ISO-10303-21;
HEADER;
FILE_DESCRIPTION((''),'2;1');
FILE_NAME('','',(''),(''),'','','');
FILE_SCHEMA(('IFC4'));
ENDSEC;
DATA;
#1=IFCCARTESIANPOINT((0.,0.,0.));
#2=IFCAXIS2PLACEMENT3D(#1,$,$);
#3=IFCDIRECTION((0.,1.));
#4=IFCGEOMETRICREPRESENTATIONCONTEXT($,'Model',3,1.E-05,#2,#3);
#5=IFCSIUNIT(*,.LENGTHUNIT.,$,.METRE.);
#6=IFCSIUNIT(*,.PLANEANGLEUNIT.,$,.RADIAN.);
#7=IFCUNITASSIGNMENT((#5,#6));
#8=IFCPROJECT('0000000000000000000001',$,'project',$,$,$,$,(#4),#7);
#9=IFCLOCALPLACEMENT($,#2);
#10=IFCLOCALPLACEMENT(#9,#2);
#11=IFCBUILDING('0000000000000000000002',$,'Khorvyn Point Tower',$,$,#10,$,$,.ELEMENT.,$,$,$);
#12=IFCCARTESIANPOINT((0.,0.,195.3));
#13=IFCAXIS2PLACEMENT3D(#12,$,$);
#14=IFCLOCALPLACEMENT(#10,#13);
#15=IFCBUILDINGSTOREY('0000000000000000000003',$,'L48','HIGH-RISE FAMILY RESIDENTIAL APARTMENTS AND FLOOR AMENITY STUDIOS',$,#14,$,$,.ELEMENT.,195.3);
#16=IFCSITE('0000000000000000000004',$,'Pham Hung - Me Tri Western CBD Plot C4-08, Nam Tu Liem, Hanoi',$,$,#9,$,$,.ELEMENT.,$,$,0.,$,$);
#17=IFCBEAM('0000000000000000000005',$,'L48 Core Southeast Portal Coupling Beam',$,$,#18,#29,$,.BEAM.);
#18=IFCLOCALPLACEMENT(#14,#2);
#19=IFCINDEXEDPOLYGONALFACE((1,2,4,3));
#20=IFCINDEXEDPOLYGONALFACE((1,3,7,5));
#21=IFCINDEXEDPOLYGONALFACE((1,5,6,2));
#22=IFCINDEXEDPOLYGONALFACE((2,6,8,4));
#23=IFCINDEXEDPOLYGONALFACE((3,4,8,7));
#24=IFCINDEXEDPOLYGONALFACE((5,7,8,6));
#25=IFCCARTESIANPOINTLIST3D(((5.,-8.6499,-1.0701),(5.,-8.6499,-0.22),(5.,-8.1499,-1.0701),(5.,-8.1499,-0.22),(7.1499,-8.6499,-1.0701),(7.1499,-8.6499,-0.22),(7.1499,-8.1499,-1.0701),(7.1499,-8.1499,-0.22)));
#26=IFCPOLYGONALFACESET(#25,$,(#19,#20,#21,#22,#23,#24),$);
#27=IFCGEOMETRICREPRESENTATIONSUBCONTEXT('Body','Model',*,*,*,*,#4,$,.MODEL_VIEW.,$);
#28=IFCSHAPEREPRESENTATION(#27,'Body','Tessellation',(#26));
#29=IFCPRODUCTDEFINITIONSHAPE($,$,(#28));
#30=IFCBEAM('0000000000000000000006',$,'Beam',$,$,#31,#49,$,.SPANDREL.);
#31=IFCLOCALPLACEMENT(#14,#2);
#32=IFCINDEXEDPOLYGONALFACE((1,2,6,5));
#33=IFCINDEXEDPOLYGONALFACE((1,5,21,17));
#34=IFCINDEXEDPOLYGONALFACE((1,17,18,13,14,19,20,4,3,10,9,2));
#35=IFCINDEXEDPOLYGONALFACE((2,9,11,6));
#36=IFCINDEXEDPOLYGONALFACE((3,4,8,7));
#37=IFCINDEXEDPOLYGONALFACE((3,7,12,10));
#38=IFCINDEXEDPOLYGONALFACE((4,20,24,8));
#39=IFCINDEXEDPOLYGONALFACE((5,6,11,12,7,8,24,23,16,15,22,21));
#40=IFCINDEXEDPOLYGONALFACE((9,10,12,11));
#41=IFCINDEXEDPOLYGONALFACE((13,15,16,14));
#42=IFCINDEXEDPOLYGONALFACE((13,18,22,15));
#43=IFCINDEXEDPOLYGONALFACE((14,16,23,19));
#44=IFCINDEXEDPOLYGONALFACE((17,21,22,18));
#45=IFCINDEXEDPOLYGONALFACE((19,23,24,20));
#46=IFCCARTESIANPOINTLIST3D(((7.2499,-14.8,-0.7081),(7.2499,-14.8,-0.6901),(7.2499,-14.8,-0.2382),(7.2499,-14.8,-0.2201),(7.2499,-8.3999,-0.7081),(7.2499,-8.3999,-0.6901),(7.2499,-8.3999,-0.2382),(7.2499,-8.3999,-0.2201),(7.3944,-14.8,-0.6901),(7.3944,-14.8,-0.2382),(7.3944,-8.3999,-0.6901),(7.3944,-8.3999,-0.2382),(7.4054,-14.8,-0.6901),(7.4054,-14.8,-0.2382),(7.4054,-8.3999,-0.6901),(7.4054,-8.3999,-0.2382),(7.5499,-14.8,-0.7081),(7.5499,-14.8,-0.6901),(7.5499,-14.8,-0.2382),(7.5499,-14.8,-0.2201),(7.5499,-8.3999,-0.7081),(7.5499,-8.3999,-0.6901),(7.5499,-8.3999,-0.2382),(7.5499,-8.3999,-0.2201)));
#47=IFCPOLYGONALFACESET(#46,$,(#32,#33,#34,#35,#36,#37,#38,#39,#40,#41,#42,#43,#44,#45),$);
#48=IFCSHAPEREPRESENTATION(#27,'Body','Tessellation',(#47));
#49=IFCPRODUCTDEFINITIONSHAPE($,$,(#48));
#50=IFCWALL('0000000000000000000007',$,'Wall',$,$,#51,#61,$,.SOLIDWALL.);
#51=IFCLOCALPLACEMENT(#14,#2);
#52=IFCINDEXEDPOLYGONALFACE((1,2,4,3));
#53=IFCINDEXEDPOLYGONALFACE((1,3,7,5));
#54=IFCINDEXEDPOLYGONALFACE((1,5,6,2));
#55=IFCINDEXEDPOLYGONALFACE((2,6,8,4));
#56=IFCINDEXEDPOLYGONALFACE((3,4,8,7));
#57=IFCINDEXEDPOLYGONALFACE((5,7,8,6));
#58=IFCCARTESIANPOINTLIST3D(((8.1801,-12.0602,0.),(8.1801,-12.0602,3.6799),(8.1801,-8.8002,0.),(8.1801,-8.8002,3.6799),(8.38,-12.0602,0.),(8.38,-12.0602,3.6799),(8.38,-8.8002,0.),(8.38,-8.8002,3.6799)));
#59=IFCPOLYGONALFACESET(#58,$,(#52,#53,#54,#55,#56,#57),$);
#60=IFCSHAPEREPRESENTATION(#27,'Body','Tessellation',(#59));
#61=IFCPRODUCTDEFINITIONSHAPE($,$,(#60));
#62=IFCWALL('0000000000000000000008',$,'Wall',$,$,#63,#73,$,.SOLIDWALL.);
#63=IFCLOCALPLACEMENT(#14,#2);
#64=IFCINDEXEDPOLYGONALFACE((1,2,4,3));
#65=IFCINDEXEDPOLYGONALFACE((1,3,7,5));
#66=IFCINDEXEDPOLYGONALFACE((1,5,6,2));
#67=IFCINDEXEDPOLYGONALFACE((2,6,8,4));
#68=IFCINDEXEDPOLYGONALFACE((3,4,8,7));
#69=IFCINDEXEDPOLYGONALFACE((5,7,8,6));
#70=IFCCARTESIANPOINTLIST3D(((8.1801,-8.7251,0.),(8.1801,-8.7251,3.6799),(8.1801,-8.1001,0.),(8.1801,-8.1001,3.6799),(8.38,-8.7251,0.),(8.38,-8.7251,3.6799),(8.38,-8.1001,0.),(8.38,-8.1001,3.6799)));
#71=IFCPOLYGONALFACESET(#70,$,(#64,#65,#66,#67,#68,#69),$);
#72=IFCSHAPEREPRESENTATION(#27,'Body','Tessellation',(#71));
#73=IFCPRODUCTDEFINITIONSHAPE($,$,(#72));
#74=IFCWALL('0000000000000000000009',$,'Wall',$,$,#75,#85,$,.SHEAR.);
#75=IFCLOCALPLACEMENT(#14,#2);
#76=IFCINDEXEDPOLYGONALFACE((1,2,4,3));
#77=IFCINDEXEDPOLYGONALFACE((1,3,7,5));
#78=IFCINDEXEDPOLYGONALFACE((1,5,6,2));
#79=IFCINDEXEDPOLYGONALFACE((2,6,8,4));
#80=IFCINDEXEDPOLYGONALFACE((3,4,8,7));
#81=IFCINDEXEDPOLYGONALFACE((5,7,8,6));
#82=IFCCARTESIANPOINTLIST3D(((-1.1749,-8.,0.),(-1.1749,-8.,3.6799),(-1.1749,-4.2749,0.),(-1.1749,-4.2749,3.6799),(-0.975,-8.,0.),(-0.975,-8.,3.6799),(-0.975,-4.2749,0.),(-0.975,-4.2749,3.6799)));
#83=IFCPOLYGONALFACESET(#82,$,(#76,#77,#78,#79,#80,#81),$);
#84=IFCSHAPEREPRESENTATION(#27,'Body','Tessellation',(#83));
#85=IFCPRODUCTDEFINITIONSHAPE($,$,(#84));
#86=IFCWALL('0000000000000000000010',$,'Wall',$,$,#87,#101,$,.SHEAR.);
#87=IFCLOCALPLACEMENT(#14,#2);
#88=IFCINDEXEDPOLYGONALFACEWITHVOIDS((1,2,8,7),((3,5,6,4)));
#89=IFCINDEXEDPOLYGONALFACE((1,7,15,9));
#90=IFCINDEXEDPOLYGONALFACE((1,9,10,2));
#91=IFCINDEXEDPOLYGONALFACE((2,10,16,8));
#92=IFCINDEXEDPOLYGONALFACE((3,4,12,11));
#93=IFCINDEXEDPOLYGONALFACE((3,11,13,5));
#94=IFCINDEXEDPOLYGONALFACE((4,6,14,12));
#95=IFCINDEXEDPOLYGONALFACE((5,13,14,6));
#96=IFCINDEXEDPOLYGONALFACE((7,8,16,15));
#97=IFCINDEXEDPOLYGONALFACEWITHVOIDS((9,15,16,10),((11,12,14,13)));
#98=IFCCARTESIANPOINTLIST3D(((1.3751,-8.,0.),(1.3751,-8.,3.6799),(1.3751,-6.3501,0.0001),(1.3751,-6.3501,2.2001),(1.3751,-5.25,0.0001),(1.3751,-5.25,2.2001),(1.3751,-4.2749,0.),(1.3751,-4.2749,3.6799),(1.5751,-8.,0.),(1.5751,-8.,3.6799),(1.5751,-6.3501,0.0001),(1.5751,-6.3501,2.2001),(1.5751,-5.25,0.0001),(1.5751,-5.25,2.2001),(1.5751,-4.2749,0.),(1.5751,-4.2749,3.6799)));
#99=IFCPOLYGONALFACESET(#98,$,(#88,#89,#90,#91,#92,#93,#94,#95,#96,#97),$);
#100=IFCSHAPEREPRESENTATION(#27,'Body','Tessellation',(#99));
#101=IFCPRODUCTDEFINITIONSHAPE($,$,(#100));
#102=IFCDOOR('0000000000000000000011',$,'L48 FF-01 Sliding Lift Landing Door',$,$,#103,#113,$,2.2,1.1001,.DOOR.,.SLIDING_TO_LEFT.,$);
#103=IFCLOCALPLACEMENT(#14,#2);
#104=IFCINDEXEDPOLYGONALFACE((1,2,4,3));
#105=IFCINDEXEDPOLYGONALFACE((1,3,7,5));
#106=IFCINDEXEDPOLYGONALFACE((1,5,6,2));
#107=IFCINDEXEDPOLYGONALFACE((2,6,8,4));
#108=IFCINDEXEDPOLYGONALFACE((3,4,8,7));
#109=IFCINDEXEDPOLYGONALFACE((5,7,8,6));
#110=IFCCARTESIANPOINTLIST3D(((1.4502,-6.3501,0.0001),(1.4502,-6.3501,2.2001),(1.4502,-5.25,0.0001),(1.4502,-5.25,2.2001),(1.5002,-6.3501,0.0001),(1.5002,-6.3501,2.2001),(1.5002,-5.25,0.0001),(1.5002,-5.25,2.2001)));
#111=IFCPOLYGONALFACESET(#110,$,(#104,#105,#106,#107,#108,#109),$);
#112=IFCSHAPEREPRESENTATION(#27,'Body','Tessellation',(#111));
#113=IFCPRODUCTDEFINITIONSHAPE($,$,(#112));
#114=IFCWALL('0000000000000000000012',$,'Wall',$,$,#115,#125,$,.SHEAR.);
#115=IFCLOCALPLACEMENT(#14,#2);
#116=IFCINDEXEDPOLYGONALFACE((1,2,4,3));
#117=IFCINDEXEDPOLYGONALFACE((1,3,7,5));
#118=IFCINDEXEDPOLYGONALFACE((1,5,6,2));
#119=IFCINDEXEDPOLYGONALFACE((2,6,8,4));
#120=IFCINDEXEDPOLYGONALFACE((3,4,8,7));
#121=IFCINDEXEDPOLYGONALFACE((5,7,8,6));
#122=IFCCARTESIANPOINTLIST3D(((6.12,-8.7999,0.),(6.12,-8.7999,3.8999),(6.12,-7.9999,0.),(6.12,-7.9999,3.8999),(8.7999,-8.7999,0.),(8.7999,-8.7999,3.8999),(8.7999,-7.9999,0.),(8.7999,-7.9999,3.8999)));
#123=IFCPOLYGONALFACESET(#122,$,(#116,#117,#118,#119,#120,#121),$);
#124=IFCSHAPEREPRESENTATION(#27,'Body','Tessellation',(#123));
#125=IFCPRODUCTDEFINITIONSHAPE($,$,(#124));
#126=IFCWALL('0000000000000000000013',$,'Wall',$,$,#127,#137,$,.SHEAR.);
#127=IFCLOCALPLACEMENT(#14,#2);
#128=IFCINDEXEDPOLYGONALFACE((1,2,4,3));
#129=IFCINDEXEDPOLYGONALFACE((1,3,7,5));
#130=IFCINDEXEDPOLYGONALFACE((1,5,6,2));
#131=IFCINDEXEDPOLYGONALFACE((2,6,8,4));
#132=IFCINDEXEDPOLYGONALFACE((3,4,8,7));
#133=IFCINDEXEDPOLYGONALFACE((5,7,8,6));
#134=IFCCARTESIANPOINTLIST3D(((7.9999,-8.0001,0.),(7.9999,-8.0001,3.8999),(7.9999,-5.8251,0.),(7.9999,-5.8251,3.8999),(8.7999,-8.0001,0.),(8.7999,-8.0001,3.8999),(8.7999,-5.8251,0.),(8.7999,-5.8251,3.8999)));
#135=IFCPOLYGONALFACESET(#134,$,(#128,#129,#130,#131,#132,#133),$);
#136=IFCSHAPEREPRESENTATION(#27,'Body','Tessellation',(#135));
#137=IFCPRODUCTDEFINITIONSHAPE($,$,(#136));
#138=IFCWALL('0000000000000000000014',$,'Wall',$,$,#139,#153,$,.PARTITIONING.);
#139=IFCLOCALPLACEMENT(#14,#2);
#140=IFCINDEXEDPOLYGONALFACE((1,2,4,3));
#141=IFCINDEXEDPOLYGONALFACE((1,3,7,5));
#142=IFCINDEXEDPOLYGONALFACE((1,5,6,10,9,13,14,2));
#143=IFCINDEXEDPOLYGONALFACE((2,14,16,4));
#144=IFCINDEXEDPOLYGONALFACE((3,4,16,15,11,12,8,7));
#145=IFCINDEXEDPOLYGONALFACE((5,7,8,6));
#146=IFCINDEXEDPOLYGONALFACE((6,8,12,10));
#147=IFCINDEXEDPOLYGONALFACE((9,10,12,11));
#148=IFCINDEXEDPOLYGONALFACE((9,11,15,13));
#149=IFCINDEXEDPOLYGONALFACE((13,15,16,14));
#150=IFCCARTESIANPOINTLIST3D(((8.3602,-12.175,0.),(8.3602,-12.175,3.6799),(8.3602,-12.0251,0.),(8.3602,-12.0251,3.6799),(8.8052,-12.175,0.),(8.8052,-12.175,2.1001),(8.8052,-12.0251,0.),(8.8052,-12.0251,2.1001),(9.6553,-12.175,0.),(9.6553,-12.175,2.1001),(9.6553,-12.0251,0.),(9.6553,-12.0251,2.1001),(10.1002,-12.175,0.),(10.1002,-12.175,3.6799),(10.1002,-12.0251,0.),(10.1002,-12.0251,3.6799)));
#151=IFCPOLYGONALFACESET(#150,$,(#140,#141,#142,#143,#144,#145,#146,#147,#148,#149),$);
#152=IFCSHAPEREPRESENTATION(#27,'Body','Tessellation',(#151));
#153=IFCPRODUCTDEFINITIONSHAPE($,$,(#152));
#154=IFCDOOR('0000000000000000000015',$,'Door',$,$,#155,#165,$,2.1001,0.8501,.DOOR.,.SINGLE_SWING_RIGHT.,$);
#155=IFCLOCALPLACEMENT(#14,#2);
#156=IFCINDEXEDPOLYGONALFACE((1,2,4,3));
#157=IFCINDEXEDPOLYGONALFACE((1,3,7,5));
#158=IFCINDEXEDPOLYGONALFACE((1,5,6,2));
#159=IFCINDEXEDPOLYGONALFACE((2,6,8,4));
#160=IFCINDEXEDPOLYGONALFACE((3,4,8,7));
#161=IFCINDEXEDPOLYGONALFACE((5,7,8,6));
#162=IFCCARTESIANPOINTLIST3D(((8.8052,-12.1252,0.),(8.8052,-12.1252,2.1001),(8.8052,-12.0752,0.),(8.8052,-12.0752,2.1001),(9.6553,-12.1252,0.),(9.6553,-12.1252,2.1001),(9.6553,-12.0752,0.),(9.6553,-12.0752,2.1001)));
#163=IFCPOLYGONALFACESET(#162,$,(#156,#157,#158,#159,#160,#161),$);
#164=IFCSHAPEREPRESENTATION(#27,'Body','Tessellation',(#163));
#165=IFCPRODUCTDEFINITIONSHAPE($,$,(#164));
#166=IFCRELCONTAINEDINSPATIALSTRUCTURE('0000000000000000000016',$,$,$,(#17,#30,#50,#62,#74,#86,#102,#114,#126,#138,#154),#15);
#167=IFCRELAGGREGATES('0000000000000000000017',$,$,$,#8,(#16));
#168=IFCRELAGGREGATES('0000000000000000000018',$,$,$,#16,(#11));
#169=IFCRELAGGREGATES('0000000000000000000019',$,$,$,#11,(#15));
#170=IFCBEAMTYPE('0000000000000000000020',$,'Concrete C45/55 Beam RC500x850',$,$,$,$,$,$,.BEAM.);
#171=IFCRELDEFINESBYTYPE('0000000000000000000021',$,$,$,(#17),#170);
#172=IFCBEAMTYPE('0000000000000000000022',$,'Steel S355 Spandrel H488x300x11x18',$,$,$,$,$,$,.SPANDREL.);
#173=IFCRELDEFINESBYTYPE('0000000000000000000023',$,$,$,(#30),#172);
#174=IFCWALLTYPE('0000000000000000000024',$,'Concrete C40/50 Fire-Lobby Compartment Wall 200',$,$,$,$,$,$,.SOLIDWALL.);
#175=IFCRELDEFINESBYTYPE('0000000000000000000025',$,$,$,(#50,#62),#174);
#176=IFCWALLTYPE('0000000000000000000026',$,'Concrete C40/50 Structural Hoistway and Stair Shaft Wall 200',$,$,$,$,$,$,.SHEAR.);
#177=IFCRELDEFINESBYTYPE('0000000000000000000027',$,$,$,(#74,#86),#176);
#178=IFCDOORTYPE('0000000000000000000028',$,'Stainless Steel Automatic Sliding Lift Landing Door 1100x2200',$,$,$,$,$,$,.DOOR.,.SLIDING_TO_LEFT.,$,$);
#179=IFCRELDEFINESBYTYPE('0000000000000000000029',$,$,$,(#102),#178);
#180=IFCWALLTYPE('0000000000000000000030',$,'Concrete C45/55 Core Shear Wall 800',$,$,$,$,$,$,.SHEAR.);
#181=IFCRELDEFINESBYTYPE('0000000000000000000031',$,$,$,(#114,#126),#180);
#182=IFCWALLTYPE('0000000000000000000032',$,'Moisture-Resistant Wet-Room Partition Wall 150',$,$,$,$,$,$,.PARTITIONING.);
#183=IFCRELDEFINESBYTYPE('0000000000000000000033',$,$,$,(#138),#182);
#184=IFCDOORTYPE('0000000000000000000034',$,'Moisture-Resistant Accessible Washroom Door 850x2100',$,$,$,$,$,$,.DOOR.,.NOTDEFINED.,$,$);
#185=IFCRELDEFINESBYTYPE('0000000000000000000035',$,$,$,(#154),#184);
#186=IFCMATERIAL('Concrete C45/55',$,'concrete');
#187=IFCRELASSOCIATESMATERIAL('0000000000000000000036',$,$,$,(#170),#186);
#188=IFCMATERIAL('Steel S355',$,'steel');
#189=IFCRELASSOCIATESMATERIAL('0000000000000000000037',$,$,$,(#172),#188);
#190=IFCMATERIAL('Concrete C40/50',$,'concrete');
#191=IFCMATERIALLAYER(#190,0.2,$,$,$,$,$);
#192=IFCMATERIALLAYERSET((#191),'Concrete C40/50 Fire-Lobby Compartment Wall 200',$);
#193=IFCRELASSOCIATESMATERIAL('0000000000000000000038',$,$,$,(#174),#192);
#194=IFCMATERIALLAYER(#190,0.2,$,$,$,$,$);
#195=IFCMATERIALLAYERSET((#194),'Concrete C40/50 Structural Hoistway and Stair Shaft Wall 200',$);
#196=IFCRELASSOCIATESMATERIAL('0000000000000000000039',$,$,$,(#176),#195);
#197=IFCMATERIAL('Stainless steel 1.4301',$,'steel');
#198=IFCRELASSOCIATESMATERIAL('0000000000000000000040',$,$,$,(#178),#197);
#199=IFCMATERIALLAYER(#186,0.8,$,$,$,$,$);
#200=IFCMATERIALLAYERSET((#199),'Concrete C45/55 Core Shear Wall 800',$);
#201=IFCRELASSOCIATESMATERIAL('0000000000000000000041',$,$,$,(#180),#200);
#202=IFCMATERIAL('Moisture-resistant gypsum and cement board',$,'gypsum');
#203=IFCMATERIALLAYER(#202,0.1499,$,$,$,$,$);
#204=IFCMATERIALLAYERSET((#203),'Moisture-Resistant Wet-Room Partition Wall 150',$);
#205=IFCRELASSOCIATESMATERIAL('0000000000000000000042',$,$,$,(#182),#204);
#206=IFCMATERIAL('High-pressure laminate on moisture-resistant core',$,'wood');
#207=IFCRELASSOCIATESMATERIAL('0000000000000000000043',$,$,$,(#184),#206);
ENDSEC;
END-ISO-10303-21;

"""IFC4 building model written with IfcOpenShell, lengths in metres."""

from ifc_helpers import new_model, si_unit, direction, frame, frame_2d, origin, origin_2d, place, context, subcontext, project, spatial, rectangle, i_section, extrude, material, layer, layer_set, material_profile, profile_set, type_object, element, fill, save


model = new_model("IFC4")

# Units and contexts
model_context = context("Model", 3, precision=1e-05, world=origin(), true_north=direction((0.0, 1.0)))
body_context = subcontext(model_context, "Body", "Model", "MODEL_VIEW")
ifc_project = project(units=[si_unit("LENGTHUNIT", "METRE"), si_unit("PLANEANGLEUNIT", "RADIAN")], contexts=[model_context])

# Site, building, storey
site_placement = place(None, origin())
site = spatial("IfcSite", under=ifc_project, at=site_placement, Name="Pham Hung - Me Tri Western CBD Plot C4-08, Nam Tu Liem, Hanoi", CompositionType="ELEMENT", RefElevation=0.0)
building_placement = place(site_placement, origin())
building = spatial("IfcBuilding", under=site, at=building_placement, Name="Khorvyn Point Tower", CompositionType="ELEMENT")
storey_placement = place(building_placement, frame((0.0, 0.0, 195.3)))
storey = spatial("IfcBuildingStorey", under=building, at=storey_placement, Name="L48", Description="HIGH-RISE FAMILY RESIDENTIAL APARTMENTS AND FLOOR AMENITY STUDIOS", CompositionType="ELEMENT", Elevation=195.3)

# Beams
ifc_material_1 = material(Name="Concrete C45/55", Category="concrete")
ifc_material_profile_1 = material_profile(ifc_material_1, rectangle(XDim=0.5, YDim=0.8501, at=origin_2d()))
ifc_profile_set_1 = profile_set([ifc_material_profile_1], Name="Concrete C45/55 RC500x850")
beam_type_1 = type_object("IfcBeamType", Name="Concrete C45/55 Beam RC500x850", PredefinedType="BEAM", material=ifc_profile_set_1)
beam_1_placement = place(storey_placement, frame((5.0, -8.3999, -0.645), z_axis=(1.0, 0.0, 0.0), x_axis=(0.0, 1.0, 0.0)))
element("IfcBeam", 1, at=beam_1_placement, inside=storey, type_object=beam_type_1, Name="L48 Core Southeast Portal Coupling Beam", PredefinedType="BEAM", context=body_context, shape_type="SweptSolid", body=[
    extrude(rectangle(XDim=0.5, YDim=0.8501, at=origin_2d()), origin(), (0.0, 0.0, 1.0), 2.1499),
])
ifc_material_2 = material(Name="Steel S355", Category="steel")
ifc_material_profile_2 = material_profile(ifc_material_2, i_section(OverallWidth=0.3, OverallDepth=0.488, WebThickness=0.011, FlangeThickness=0.0181, at=origin_2d()))
ifc_profile_set_2 = profile_set([ifc_material_profile_2], Name="Steel S355 H488x300x11x18")
beam_type_2 = type_object("IfcBeamType", Name="Steel S355 Spandrel H488x300x11x18", PredefinedType="SPANDREL", material=ifc_profile_set_2)
beam_2_placement = place(storey_placement, frame((7.3999, -14.8, -0.4641), z_axis=(0.0, 1.0, 0.0), x_axis=(-1.0, 0.0, 0.0)))
element("IfcBeam", 2, at=beam_2_placement, inside=storey, type_object=beam_type_2, Name="Beam", PredefinedType="SPANDREL", context=body_context, shape_type="SweptSolid", body=[
    extrude(i_section(OverallWidth=0.3, OverallDepth=0.488, WebThickness=0.011, FlangeThickness=0.0181, at=origin_2d()), origin(), (0.0, 0.0, 1.0), 6.4001),
])

# Shared definitions
ifc_material_3 = material(Name="Concrete C40/50", Category="concrete")
ifc_layer_1 = layer(ifc_material_3, 0.2)
ifc_layer_set_1 = layer_set([ifc_layer_1], Name="Concrete C40/50 Fire-Lobby Compartment Wall 200")
wall_type_1 = type_object("IfcWallType", Name="Concrete C40/50 Fire-Lobby Compartment Wall 200", PredefinedType="SOLIDWALL", material=ifc_layer_set_1)

# Walls
wall_1_placement = place(storey_placement, frame((8.28, -12.0601, 0.0), z_axis=(0.0, 0.0, 1.0), x_axis=(0.0, 1.0, 0.0)))
element("IfcWall", 3, at=wall_1_placement, inside=storey, type_object=wall_type_1, Name="Wall", PredefinedType="SOLIDWALL", context=body_context, shape_type="SweptSolid", body=[
    extrude(rectangle(XDim=3.26, YDim=0.2, at=frame_2d((1.6299, 0.0))), origin(), (0.0, 0.0, 1.0), 3.6799),
])
wall_2_placement = place(storey_placement, frame((8.28, -8.7251, 0.0), z_axis=(0.0, 0.0, 1.0), x_axis=(0.0, 1.0, 0.0)))
element("IfcWall", 4, at=wall_2_placement, inside=storey, type_object=wall_type_1, Name="Wall", PredefinedType="SOLIDWALL", context=body_context, shape_type="SweptSolid", body=[
    extrude(rectangle(XDim=0.625, YDim=0.2, at=frame_2d((0.3125, 0.0))), origin(), (0.0, 0.0, 1.0), 3.6799),
])

# Wall
ifc_layer_2 = layer(ifc_material_3, 0.2)
ifc_layer_set_2 = layer_set([ifc_layer_2], Name="Concrete C40/50 Structural Hoistway and Stair Shaft Wall 200")
wall_type_2 = type_object("IfcWallType", Name="Concrete C40/50 Structural Hoistway and Stair Shaft Wall 200", PredefinedType="SHEAR", material=ifc_layer_set_2)
wall_3_placement = place(storey_placement, frame((-1.075, -8.0, 0.0), z_axis=(0.0, 0.0, 1.0), x_axis=(0.0, 1.0, 0.0)))
element("IfcWall", 5, at=wall_3_placement, inside=storey, type_object=wall_type_2, Name="Wall", PredefinedType="SHEAR", context=body_context, shape_type="SweptSolid", body=[
    extrude(rectangle(XDim=3.7251, YDim=0.2, at=frame_2d((1.8625, 0.0))), origin(), (0.0, 0.0, 1.0), 3.6799),
])

# Wall, opening, door
wall_4_placement = place(storey_placement, frame((1.4751, -8.0, 0.0), z_axis=(0.0, 0.0, 1.0), x_axis=(0.0, 1.0, 0.0)))
wall_4 = element("IfcWall", 6, at=wall_4_placement, inside=storey, type_object=wall_type_2, Name="Wall", PredefinedType="SHEAR", context=body_context, shape_type="SweptSolid", body=[
    extrude(rectangle(XDim=3.7251, YDim=0.2, at=frame_2d((1.8625, 0.0))), origin(), (0.0, 0.0, 1.0), 3.6799),
])
opening_1_placement = place(wall_4_placement, frame((1.6499, 0.0, 0.0)))
opening_1 = element("IfcOpeningElement", 7, at=opening_1_placement, cuts=wall_4, PredefinedType="OPENING", context=body_context, shape_type="SweptSolid", body=[
    extrude(rectangle(XDim=1.1001, YDim=2.2, at=frame_2d((0.55, 1.1001))), frame((0.0, 0.1099, 0.0), z_axis=(0.0, -1.0, 0.0), x_axis=(1.0, 0.0, 0.0)), (0.0, 0.0, 1.0), 0.22),
])
ifc_material_4 = material(Name="Stainless steel 1.4301", Category="steel")
door_type_1 = type_object("IfcDoorType", Name="Stainless Steel Automatic Sliding Lift Landing Door 1100x2200", OperationType="SLIDING_TO_LEFT", PredefinedType="DOOR", material=ifc_material_4)
door_1_placement = place(opening_1_placement, origin())
door_1 = element("IfcDoor", 8, at=door_1_placement, inside=storey, type_object=door_type_1, Name="L48 FF-01 Sliding Lift Landing Door", OperationType="SLIDING_TO_LEFT", OverallHeight=2.2, OverallWidth=1.1001, PredefinedType="DOOR", context=body_context, shape_type="SweptSolid", body=[
    extrude(rectangle(XDim=1.1001, YDim=2.2, at=frame_2d((0.55, 1.1001))), frame((0.0, 0.0249, 0.0), z_axis=(0.0, -1.0, 0.0), x_axis=(1.0, 0.0, 0.0)), (0.0, 0.0, 1.0), 0.05),
])
fill(opening_1, door_1)

# Walls
ifc_layer_3 = layer(ifc_material_1, 0.8)
ifc_layer_set_3 = layer_set([ifc_layer_3], Name="Concrete C45/55 Core Shear Wall 800")
wall_type_3 = type_object("IfcWallType", Name="Concrete C45/55 Core Shear Wall 800", PredefinedType="SHEAR", material=ifc_layer_set_3)
wall_5_placement = place(storey_placement, frame((6.1201, -8.3999, 0.0), z_axis=(0.0, 0.0, 1.0), x_axis=(1.0, 0.0, 0.0)))
element("IfcWall", 9, at=wall_5_placement, inside=storey, type_object=wall_type_3, Name="Wall", PredefinedType="SHEAR", context=body_context, shape_type="SweptSolid", body=[
    extrude(rectangle(XDim=2.6799, YDim=0.8, at=frame_2d((1.3398, 0.0))), origin(), (0.0, 0.0, 1.0), 3.8999),
])
wall_6_placement = place(storey_placement, frame((8.3999, -8.0, 0.0), z_axis=(0.0, 0.0, 1.0), x_axis=(0.0, 1.0, 0.0)))
element("IfcWall", 10, at=wall_6_placement, inside=storey, type_object=wall_type_3, Name="Wall", PredefinedType="SHEAR", context=body_context, shape_type="SweptSolid", body=[
    extrude(rectangle(XDim=2.175, YDim=0.8, at=frame_2d((1.0874, 0.0))), origin(), (0.0, 0.0, 1.0), 3.8999),
])

# Wall, opening, door
ifc_material_5 = material(Name="Moisture-resistant gypsum and cement board", Category="gypsum")
ifc_layer_4 = layer(ifc_material_5, 0.1499)
ifc_layer_set_4 = layer_set([ifc_layer_4], Name="Moisture-Resistant Wet-Room Partition Wall 150")
wall_type_4 = type_object("IfcWallType", Name="Moisture-Resistant Wet-Room Partition Wall 150", PredefinedType="PARTITIONING", material=ifc_layer_set_4)
wall_7_placement = place(storey_placement, frame((8.3601, -12.1001, 0.0), z_axis=(0.0, 0.0, 1.0), x_axis=(1.0, 0.0, 0.0)))
wall_7 = element("IfcWall", 11, at=wall_7_placement, inside=storey, type_object=wall_type_4, Name="Wall", PredefinedType="PARTITIONING", context=body_context, shape_type="SweptSolid", body=[
    extrude(rectangle(XDim=1.74, YDim=0.1499, at=frame_2d((0.8701, 0.0))), origin(), (0.0, 0.0, 1.0), 3.6799),
])
opening_2_placement = place(wall_7_placement, frame((0.4451, 0.0, 0.0)))
opening_2 = element("IfcOpeningElement", 12, at=opening_2_placement, cuts=wall_7, PredefinedType="OPENING", context=body_context, shape_type="SweptSolid", body=[
    extrude(rectangle(XDim=0.8501, YDim=2.1001, at=frame_2d((0.425, 1.05))), frame((0.0, 0.085, 0.0), z_axis=(0.0, -1.0, 0.0), x_axis=(1.0, 0.0, 0.0)), (0.0, 0.0, 1.0), 0.1699),
])
ifc_material_6 = material(Name="High-pressure laminate on moisture-resistant core", Category="wood")
door_type_2 = type_object("IfcDoorType", Name="Moisture-Resistant Accessible Washroom Door 850x2100", OperationType="NOTDEFINED", PredefinedType="DOOR", material=ifc_material_6)
door_2_placement = place(opening_2_placement, origin())
door_2 = element("IfcDoor", 13, at=door_2_placement, inside=storey, type_object=door_type_2, Name="Door", OperationType="SINGLE_SWING_RIGHT", OverallHeight=2.1001, OverallWidth=0.8501, PredefinedType="DOOR", context=body_context, shape_type="SweptSolid", body=[
    extrude(rectangle(XDim=0.8501, YDim=2.1001, at=frame_2d((0.425, 1.05))), frame((0.0, 0.0249, 0.0), z_axis=(0.0, -1.0, 0.0), x_axis=(1.0, 0.0, 0.0)), (0.0, 0.0, 1.0), 0.05),
])
fill(opening_2, door_2)

save(model, "model.ifc")
